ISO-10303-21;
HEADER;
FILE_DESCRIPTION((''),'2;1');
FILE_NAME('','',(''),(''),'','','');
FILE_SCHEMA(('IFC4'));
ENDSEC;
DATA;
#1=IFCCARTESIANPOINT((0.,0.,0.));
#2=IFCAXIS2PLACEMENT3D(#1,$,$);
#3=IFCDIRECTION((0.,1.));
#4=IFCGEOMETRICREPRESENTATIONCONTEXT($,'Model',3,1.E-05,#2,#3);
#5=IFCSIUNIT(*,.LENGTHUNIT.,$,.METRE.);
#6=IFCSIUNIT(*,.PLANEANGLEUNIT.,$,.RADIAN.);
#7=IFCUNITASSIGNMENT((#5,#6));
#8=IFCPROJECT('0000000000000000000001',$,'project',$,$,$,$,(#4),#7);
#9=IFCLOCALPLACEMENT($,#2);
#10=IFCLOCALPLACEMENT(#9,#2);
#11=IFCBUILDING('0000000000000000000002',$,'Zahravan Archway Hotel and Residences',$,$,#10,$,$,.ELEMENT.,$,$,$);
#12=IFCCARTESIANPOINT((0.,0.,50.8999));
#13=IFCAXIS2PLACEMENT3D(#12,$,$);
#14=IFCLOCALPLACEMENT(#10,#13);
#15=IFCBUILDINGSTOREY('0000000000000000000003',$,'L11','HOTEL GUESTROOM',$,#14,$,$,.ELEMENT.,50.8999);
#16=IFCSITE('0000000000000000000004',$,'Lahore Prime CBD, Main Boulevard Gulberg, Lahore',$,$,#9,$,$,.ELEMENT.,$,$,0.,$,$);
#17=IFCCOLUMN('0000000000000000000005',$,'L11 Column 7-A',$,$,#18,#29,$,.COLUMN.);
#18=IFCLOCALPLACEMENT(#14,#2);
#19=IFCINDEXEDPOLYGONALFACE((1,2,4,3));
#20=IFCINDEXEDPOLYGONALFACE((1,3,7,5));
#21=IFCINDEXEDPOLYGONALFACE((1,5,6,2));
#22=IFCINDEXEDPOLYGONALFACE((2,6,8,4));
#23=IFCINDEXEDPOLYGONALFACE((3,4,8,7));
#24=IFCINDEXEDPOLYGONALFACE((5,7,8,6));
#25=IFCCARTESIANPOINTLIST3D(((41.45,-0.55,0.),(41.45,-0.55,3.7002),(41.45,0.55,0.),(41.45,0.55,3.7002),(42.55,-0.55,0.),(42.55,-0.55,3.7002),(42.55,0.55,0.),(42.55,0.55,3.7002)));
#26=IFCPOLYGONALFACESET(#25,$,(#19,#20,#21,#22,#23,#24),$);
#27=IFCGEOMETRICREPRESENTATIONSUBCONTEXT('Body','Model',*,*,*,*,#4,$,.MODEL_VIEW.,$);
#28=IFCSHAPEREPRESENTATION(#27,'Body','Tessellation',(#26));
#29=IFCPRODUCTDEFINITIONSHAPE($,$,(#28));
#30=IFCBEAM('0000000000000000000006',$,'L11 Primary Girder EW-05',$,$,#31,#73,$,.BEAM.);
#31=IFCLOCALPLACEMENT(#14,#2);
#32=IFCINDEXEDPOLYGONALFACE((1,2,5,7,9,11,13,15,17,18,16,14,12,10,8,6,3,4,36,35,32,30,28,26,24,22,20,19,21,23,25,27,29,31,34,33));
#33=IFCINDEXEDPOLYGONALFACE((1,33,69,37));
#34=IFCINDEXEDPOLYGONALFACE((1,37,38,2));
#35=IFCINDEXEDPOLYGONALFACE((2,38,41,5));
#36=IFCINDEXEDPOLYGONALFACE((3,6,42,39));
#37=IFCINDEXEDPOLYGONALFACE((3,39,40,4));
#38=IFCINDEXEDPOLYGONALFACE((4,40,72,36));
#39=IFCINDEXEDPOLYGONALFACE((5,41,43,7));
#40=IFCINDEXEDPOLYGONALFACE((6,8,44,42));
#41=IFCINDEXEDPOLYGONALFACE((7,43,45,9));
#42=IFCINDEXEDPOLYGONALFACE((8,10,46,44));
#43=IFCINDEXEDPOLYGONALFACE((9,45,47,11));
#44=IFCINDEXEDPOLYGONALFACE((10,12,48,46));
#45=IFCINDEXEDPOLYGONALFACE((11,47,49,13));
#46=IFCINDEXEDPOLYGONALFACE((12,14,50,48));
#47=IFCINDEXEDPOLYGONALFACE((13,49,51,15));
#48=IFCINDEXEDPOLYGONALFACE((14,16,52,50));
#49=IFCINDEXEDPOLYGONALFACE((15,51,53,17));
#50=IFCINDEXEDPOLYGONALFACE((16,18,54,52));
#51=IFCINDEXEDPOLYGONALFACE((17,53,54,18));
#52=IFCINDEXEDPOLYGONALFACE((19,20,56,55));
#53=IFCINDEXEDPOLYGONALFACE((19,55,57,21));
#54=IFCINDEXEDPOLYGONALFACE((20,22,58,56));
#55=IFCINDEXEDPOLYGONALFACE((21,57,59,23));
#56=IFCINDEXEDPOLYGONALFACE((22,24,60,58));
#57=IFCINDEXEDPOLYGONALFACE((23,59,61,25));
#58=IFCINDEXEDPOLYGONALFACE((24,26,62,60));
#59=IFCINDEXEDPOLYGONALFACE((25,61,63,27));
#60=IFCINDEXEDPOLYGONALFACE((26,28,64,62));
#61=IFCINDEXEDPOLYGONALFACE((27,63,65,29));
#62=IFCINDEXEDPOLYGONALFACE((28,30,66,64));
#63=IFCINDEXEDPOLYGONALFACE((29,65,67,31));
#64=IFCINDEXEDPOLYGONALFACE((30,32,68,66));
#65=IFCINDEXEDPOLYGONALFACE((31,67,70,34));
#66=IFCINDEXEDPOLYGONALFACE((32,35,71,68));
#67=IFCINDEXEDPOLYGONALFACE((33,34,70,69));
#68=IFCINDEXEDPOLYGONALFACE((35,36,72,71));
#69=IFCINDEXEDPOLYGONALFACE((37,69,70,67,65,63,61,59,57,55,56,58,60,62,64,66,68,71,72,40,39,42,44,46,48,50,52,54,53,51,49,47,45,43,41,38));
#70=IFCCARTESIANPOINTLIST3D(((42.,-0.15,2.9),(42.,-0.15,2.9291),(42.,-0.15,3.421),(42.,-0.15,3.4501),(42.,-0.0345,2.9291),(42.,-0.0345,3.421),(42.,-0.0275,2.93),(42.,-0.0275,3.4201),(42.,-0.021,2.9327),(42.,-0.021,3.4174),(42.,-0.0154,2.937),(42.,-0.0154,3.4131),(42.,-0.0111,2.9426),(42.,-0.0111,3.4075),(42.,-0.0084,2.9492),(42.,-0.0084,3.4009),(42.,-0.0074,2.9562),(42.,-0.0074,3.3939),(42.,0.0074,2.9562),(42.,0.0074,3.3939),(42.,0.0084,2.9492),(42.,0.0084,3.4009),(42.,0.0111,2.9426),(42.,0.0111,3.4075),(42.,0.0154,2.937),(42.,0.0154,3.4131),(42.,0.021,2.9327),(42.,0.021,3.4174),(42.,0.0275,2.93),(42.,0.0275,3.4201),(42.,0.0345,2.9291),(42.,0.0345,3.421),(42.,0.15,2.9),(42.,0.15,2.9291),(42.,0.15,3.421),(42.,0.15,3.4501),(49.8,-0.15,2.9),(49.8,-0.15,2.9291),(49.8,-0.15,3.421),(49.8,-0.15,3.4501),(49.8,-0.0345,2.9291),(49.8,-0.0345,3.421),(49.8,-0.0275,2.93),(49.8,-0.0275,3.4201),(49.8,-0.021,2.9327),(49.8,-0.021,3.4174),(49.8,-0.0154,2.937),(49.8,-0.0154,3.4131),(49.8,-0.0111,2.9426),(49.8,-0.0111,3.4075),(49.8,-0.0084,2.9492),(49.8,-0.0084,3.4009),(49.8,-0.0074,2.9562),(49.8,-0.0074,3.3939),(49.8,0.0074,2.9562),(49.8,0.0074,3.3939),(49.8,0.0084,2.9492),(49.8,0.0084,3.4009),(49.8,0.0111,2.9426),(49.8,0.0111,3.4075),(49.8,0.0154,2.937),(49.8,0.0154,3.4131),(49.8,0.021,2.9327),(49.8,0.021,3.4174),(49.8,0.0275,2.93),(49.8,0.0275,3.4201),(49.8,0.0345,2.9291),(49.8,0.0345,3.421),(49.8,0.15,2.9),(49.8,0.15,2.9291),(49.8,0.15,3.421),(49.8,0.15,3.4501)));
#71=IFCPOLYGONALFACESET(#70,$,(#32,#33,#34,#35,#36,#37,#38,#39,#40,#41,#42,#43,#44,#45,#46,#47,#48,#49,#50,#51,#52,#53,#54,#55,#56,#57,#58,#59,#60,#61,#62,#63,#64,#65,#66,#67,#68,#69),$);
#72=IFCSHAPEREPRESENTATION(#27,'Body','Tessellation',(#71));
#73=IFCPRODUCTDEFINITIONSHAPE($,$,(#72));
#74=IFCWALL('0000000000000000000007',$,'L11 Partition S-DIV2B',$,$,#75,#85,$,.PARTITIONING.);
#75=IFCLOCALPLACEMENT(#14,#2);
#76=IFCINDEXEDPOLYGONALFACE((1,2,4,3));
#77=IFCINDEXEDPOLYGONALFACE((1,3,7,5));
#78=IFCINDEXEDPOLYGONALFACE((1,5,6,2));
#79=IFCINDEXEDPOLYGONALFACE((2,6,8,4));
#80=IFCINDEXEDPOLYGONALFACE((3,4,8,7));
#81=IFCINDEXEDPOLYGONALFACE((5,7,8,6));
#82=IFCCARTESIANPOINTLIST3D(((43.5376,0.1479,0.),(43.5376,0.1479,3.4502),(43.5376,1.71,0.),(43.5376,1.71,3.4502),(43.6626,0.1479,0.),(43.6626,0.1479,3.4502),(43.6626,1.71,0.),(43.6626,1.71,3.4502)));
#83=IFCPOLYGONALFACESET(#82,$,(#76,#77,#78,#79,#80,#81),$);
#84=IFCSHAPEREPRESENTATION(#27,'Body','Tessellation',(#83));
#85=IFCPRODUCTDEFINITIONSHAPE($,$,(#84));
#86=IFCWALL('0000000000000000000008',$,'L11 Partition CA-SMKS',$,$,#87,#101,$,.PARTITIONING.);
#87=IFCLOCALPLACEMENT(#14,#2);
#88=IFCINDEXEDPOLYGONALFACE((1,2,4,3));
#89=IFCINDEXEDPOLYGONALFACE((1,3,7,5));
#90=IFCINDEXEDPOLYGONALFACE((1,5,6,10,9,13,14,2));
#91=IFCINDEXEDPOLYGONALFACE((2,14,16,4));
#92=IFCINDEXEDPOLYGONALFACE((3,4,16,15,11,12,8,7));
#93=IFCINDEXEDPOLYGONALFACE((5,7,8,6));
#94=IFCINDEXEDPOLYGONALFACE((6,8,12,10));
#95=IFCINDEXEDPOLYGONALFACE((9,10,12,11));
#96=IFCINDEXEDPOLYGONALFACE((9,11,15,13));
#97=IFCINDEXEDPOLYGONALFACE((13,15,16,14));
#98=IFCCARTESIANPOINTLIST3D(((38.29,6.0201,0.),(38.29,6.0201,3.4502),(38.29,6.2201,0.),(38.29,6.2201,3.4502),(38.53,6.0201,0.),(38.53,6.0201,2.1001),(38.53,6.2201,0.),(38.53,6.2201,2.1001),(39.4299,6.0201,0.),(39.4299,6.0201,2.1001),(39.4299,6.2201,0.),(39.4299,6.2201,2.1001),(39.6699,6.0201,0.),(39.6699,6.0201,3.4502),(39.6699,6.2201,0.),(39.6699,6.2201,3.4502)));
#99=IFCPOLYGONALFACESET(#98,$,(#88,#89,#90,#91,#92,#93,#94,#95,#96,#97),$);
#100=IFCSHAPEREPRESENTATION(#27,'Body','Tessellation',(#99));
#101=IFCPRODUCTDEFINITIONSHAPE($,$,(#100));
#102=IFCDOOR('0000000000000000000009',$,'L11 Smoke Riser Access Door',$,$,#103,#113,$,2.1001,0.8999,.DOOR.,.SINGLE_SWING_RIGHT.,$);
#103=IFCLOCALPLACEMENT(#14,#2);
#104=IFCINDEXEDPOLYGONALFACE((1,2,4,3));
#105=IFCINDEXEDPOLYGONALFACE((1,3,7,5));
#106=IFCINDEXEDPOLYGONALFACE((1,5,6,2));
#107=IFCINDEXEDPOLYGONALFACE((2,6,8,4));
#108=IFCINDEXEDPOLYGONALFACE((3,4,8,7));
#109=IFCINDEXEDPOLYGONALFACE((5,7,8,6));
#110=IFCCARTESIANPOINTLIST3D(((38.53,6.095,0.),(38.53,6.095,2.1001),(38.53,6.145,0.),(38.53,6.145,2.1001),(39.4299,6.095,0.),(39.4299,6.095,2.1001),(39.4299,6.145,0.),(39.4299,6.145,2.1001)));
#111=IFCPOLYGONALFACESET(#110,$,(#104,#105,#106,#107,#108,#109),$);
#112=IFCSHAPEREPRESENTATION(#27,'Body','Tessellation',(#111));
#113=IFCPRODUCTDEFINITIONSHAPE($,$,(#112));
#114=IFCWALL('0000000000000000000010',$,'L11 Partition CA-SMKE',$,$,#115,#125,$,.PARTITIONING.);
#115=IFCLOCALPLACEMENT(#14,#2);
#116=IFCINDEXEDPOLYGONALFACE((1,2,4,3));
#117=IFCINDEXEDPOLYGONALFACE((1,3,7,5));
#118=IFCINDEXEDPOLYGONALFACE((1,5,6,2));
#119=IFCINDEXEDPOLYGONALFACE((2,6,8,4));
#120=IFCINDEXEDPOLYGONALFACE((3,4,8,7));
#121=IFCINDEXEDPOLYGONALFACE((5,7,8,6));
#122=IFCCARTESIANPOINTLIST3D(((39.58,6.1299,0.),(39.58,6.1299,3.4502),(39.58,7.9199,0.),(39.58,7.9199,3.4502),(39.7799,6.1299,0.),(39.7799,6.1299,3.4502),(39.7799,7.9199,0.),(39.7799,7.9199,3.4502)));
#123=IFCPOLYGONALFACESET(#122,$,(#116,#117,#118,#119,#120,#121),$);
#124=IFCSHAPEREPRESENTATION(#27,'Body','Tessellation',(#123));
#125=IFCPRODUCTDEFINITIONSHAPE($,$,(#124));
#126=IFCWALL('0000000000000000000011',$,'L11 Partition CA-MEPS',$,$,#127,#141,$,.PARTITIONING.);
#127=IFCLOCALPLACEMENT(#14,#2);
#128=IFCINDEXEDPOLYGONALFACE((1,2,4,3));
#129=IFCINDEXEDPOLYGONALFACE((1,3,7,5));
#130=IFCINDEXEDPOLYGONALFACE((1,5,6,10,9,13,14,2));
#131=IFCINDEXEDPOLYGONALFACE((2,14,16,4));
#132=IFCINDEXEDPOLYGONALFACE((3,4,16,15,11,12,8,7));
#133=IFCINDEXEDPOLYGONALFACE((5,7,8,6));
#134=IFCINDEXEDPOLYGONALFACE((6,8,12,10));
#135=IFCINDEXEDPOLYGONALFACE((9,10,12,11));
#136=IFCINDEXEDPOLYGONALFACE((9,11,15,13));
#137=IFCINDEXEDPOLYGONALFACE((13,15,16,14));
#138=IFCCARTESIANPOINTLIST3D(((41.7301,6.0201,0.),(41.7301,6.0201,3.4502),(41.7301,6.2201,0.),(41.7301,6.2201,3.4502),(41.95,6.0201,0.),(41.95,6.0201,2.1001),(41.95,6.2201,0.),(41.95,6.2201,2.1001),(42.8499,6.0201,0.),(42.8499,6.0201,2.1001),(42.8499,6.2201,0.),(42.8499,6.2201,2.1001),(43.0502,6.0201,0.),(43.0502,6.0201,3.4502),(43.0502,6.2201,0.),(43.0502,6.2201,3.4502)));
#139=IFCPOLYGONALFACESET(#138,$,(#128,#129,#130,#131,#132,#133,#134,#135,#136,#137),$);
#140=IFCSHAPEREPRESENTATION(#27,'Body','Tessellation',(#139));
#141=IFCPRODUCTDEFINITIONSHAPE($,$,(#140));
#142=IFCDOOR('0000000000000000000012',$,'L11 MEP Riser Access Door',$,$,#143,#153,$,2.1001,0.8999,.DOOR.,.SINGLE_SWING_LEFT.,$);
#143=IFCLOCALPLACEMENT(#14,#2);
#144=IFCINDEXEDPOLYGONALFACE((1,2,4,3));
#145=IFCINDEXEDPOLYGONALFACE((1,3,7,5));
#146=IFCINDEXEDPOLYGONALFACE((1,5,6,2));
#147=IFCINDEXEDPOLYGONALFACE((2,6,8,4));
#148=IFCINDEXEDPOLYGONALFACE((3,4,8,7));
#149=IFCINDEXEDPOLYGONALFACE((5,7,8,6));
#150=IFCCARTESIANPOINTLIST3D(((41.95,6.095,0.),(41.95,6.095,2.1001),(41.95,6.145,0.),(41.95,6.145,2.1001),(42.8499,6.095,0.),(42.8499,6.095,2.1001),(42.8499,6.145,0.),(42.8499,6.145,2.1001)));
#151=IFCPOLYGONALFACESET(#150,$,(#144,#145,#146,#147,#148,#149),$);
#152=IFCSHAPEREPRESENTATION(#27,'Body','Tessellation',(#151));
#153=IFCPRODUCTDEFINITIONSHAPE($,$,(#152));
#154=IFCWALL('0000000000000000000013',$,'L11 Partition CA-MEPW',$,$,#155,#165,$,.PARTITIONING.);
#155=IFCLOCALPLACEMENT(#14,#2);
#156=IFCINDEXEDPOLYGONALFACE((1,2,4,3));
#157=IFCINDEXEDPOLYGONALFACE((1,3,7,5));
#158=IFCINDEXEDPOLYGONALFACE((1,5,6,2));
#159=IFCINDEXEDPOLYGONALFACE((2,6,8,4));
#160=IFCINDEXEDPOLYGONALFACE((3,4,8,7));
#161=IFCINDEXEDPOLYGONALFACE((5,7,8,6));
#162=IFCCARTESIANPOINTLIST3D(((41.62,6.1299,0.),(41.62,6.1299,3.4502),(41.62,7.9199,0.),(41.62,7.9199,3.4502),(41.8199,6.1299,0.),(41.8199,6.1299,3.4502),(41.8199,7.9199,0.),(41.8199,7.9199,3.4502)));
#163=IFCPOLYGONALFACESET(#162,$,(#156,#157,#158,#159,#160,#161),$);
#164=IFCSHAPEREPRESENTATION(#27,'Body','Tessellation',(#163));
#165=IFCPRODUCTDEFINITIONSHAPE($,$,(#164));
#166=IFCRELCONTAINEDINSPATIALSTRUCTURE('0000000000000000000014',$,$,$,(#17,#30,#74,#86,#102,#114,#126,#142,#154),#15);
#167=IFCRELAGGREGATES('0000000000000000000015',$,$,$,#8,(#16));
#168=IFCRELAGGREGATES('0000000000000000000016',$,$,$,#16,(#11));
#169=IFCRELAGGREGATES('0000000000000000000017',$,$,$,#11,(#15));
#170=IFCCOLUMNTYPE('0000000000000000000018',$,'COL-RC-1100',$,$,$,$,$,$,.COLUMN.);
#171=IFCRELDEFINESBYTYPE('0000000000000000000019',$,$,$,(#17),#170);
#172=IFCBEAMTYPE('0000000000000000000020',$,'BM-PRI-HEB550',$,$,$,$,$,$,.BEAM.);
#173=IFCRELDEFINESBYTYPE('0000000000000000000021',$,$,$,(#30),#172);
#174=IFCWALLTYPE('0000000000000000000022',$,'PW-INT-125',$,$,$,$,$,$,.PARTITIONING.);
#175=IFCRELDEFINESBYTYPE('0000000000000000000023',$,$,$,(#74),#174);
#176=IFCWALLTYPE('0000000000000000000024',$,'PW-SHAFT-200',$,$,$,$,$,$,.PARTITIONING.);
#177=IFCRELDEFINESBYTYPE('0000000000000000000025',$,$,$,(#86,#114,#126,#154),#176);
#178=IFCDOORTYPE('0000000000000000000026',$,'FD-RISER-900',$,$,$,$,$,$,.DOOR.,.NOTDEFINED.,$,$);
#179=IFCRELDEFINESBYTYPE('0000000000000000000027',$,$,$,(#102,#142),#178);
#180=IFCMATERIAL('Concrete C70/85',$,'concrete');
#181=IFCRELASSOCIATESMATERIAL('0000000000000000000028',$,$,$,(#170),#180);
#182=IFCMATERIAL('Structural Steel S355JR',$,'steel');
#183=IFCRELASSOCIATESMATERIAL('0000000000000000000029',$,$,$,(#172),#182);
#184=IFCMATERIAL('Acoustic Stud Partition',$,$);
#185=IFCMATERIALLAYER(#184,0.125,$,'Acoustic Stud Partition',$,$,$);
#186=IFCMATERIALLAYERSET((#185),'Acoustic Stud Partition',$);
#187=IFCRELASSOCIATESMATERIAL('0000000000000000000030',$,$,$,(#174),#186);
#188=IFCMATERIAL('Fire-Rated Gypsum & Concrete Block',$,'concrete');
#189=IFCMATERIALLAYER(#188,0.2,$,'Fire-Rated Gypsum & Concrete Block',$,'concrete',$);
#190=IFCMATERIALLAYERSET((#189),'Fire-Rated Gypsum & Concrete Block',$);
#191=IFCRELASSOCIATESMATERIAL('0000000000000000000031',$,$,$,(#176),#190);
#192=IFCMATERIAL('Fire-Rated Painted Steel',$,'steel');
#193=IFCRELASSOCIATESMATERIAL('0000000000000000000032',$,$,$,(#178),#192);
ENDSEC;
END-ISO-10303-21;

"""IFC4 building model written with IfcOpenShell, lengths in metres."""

from ifc_helpers import new_model, si_unit, direction, frame, frame_2d, origin, origin_2d, place, context, subcontext, project, spatial, rectangle, i_section, extrude, source, transform, mapped, material, layer, layer_set, material_profile, profile_set, type_object, type_shapes, element, fill, save


model = new_model("IFC4")

# Units and contexts
model_context = context("Model", 3, precision=1e-05, world=origin(), true_north=direction((0.0, 1.0)))
body_context = subcontext(model_context, "Body", "Model", "MODEL_VIEW")
ifc_project = project(units=[si_unit("LENGTHUNIT", "METRE"), si_unit("PLANEANGLEUNIT", "RADIAN")], contexts=[model_context])

# Site, building, storey
site_placement = place(None, origin())
site = spatial("IfcSite", under=ifc_project, at=site_placement, Name="Lahore Prime CBD, Main Boulevard Gulberg, Lahore", CompositionType="ELEMENT", RefElevation=0.0)
building_placement = place(site_placement, origin())
building = spatial("IfcBuilding", under=site, at=building_placement, Name="Zahravan Archway Hotel and Residences", CompositionType="ELEMENT")
storey_placement = place(building_placement, frame((0.0, 0.0, 50.8999)))
storey = spatial("IfcBuildingStorey", under=building, at=storey_placement, Name="L11", Description="HOTEL GUESTROOM", CompositionType="ELEMENT", Elevation=50.8999)

# Column
ifc_material_1 = material(Name="Concrete C70/85", Category="concrete")
ifc_material_profile_1 = material_profile(ifc_material_1, rectangle(XDim=1.1001, YDim=1.1001, at=origin_2d()), Name="RC 1100x1100", Category="concrete")
ifc_profile_set_1 = profile_set([ifc_material_profile_1], Name="Concrete C70/85")
column_type = type_object("IfcColumnType", Name="COL-RC-1100", PredefinedType="COLUMN", material=ifc_profile_set_1)
shared_shape_1 = source(origin(), body_context, "Body", "SweptSolid", [
    extrude(rectangle(XDim=1.1001, YDim=1.1001, at=origin_2d()), origin(), (0.0, 0.0, 1.0), 3.7002),
])
column_placement = place(storey_placement, frame((42.0, 0.0, 0.0), z_axis=(0.0, 0.0, 1.0), x_axis=(1.0, 0.0, 0.0)))
element("IfcColumn", 1, at=column_placement, inside=storey, type_object=column_type, Name="L11 Column 7-A", PredefinedType="COLUMN", context=body_context, shape_type="MappedRepresentation", body=[
    mapped(shared_shape_1, transform((0.0, 0.0, 0.0), scale=1.0)),
])

# Beam
ifc_material_2 = material(Name="Structural Steel S355JR", Category="steel")
ifc_material_profile_2 = material_profile(ifc_material_2, i_section(OverallWidth=0.3, OverallDepth=0.55, WebThickness=0.0149, FlangeThickness=0.0291, FilletRadius=0.0271, at=origin_2d()), Name="HEB 550", Category="steel")
ifc_profile_set_2 = profile_set([ifc_material_profile_2], Name="Structural Steel S355JR")
beam_type = type_object("IfcBeamType", Name="BM-PRI-HEB550", PredefinedType="BEAM", material=ifc_profile_set_2)
shared_shape_2 = source(origin(), body_context, "Body", "SweptSolid", [
    extrude(i_section(OverallWidth=0.3, OverallDepth=0.55, WebThickness=0.0149, FlangeThickness=0.0291, FilletRadius=0.0271, at=origin_2d()), origin(), (0.0, 0.0, 1.0), 7.8),
])
beam_placement = place(storey_placement, frame((42.0, 0.0, 3.175), z_axis=(1.0, 0.0, 0.0), x_axis=(0.0, 1.0, 0.0)))
element("IfcBeam", 2, at=beam_placement, inside=storey, type_object=beam_type, Name="L11 Primary Girder EW-05", PredefinedType="BEAM", context=body_context, shape_type="MappedRepresentation", body=[
    mapped(shared_shape_2, transform((0.0, 0.0, 0.0), scale=1.0)),
])

# Wall
ifc_material_3 = material(Name="Acoustic Stud Partition")
ifc_layer_1 = layer(ifc_material_3, 0.125, Name="Acoustic Stud Partition")
ifc_layer_set_1 = layer_set([ifc_layer_1], Name="Acoustic Stud Partition")
wall_type_1 = type_object("IfcWallType", Name="PW-INT-125", PredefinedType="PARTITIONING", material=ifc_layer_set_1)
wall_1_placement = place(storey_placement, frame((43.6001, 0.1479, 0.0), z_axis=(0.0, 0.0, 1.0), x_axis=(0.0, 1.0, 0.0)))
element("IfcWall", 3, at=wall_1_placement, inside=storey, type_object=wall_type_1, Name="L11 Partition S-DIV2B", PredefinedType="PARTITIONING", context=body_context, shape_type="SweptSolid", body=[
    extrude(rectangle(XDim=1.562, YDim=0.125, at=frame_2d((0.781, 0.0))), origin(), (0.0, 0.0, 1.0), 3.4502),
])

# Wall, opening, door
ifc_material_4 = material(Name="Fire-Rated Gypsum & Concrete Block", Category="concrete")
ifc_layer_2 = layer(ifc_material_4, 0.2, Name="Fire-Rated Gypsum & Concrete Block", Category="concrete")
ifc_layer_set_2 = layer_set([ifc_layer_2], Name="Fire-Rated Gypsum & Concrete Block")
wall_type_2 = type_object("IfcWallType", Name="PW-SHAFT-200", PredefinedType="PARTITIONING", material=ifc_layer_set_2)
wall_2_placement = place(storey_placement, frame((38.29, 6.1201, 0.0), z_axis=(0.0, 0.0, 1.0), x_axis=(1.0, 0.0, 0.0)))
wall_2 = element("IfcWall", 4, at=wall_2_placement, inside=storey, type_object=wall_type_2, Name="L11 Partition CA-SMKS", PredefinedType="PARTITIONING", context=body_context, shape_type="SweptSolid", body=[
    extrude(rectangle(XDim=1.3799, YDim=0.2, at=frame_2d((0.6899, 0.0))), origin(), (0.0, 0.0, 1.0), 3.4502),
])
opening_1_placement = place(wall_2_placement, frame((0.24, 0.0, 0.0)))
opening_1 = element("IfcOpeningElement", 5, at=opening_1_placement, cuts=wall_2, PredefinedType="OPENING", context=body_context, shape_type="SweptSolid", body=[
    extrude(rectangle(XDim=0.8999, YDim=2.1001, at=frame_2d((0.45, 1.05))), frame((0.0, 0.1099, 0.0), z_axis=(0.0, -1.0, 0.0), x_axis=(1.0, 0.0, 0.0)), (0.0, 0.0, 1.0), 0.22),
])
ifc_material_5 = material(Name="Fire-Rated Painted Steel", Category="steel")
door_type = type_object("IfcDoorType", Name="FD-RISER-900", OperationType="NOTDEFINED", PredefinedType="DOOR", material=ifc_material_5)
shared_shape_3 = source(origin(), body_context, "Body", "SweptSolid", [
    extrude(rectangle(XDim=0.8999, YDim=2.1001, at=frame_2d((0.45, 1.05))), frame((0.0, 0.0249, 0.0), z_axis=(0.0, -1.0, 0.0), x_axis=(1.0, 0.0, 0.0)), (0.0, 0.0, 1.0), 0.05),
])
type_shapes(door_type, [shared_shape_3])
door_1_placement = place(opening_1_placement, origin())
door_1 = element("IfcDoor", 6, at=door_1_placement, inside=storey, type_object=door_type, Name="L11 Smoke Riser Access Door", OperationType="SINGLE_SWING_RIGHT", OverallHeight=2.1001, OverallWidth=0.8999, PredefinedType="DOOR", context=body_context, shape_type="MappedRepresentation", body=[
    mapped(shared_shape_3, transform((0.0, 0.0, 0.0), scale=1.0)),
])
fill(opening_1, door_1)

# Wall
wall_3_placement = place(storey_placement, frame((39.6799, 6.1299, 0.0), z_axis=(0.0, 0.0, 1.0), x_axis=(0.0, 1.0, 0.0)))
element("IfcWall", 7, at=wall_3_placement, inside=storey, type_object=wall_type_2, Name="L11 Partition CA-SMKE", PredefinedType="PARTITIONING", context=body_context, shape_type="SweptSolid", body=[
    extrude(rectangle(XDim=1.79, YDim=0.2, at=frame_2d((0.895, 0.0))), origin(), (0.0, 0.0, 1.0), 3.4502),
])

# Wall, opening, door
wall_4_placement = place(storey_placement, frame((41.73, 6.1201, 0.0), z_axis=(0.0, 0.0, 1.0), x_axis=(1.0, 0.0, 0.0)))
wall_4 = element("IfcWall", 8, at=wall_4_placement, inside=storey, type_object=wall_type_2, Name="L11 Partition CA-MEPS", PredefinedType="PARTITIONING", context=body_context, shape_type="SweptSolid", body=[
    extrude(rectangle(XDim=1.3201, YDim=0.2, at=frame_2d((0.6602, 0.0))), origin(), (0.0, 0.0, 1.0), 3.4502),
])
opening_2_placement = place(wall_4_placement, frame((0.22, 0.0, 0.0)))
opening_2 = element("IfcOpeningElement", 9, at=opening_2_placement, cuts=wall_4, PredefinedType="OPENING", context=body_context, shape_type="SweptSolid", body=[
    extrude(rectangle(XDim=0.8999, YDim=2.1001, at=frame_2d((0.45, 1.05))), frame((0.0, 0.1099, 0.0), z_axis=(0.0, -1.0, 0.0), x_axis=(1.0, 0.0, 0.0)), (0.0, 0.0, 1.0), 0.22),
])
door_2_placement = place(opening_2_placement, origin())
door_2 = element("IfcDoor", 10, at=door_2_placement, inside=storey, type_object=door_type, Name="L11 MEP Riser Access Door", OperationType="SINGLE_SWING_LEFT", OverallHeight=2.1001, OverallWidth=0.8999, PredefinedType="DOOR", context=body_context, shape_type="MappedRepresentation", body=[
    mapped(shared_shape_3, transform((0.0, 0.0, 0.0), scale=1.0)),
])
fill(opening_2, door_2)

# Wall
wall_5_placement = place(storey_placement, frame((41.72, 6.1299, 0.0), z_axis=(0.0, 0.0, 1.0), x_axis=(0.0, 1.0, 0.0)))
element("IfcWall", 11, at=wall_5_placement, inside=storey, type_object=wall_type_2, Name="L11 Partition CA-MEPW", PredefinedType="PARTITIONING", context=body_context, shape_type="SweptSolid", body=[
    extrude(rectangle(XDim=1.79, YDim=0.2, at=frame_2d((0.895, 0.0))), origin(), (0.0, 0.0, 1.0), 3.4502),
])

save(model, "model.ifc")
